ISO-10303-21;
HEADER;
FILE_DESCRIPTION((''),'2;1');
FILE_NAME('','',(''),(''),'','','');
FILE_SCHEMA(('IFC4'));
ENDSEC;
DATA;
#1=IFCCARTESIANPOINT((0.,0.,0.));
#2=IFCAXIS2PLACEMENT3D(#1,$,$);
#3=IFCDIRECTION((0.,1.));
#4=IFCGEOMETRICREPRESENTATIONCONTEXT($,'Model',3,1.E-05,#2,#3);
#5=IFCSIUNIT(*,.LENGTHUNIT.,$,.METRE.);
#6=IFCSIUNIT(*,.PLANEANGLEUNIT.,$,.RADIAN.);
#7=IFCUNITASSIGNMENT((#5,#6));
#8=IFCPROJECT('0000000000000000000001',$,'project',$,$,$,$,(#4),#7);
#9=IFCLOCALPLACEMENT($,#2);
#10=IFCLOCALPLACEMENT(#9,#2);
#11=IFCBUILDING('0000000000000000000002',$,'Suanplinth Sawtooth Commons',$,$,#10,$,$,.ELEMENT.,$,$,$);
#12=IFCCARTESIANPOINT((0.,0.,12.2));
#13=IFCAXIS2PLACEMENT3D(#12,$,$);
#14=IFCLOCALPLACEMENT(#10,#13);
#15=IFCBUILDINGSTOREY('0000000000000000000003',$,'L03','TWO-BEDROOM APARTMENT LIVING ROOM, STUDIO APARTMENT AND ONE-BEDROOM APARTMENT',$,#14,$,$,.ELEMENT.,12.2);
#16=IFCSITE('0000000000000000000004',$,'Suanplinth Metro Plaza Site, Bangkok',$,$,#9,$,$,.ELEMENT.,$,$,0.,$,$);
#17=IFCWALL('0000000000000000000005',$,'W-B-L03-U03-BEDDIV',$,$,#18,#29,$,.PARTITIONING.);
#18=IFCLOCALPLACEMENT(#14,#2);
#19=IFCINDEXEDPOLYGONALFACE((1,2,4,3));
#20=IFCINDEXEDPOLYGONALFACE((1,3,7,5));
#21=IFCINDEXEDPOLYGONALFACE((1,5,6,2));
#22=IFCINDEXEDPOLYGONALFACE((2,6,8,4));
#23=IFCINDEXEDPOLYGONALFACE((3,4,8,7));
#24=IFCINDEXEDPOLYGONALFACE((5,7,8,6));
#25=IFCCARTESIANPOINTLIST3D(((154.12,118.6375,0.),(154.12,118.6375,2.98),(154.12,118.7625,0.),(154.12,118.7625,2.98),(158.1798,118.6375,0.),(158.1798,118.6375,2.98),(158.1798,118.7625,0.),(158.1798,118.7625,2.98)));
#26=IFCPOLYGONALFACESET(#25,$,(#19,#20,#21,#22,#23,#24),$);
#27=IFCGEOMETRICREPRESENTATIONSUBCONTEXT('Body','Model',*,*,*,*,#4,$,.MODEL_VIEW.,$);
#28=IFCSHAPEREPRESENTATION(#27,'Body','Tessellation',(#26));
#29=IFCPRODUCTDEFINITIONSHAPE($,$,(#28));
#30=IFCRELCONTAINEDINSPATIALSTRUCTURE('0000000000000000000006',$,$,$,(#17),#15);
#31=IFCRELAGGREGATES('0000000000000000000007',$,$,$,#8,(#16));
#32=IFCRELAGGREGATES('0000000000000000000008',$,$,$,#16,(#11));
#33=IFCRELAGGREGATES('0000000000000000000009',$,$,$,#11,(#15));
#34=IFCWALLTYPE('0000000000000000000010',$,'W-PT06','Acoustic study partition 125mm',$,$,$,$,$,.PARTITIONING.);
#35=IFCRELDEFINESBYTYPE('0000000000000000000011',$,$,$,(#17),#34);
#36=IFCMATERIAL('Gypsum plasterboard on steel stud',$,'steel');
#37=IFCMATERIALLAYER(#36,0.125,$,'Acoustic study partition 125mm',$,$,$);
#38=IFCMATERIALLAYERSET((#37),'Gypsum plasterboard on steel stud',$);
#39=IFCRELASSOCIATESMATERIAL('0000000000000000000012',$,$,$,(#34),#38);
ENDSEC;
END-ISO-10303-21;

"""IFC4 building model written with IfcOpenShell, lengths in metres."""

from ifc_helpers import new_model, si_unit, direction, frame, frame_2d, origin, place, context, subcontext, project, spatial, rectangle, extrude, material, layer, layer_set, type_object, element, save


model = new_model("IFC4")

# Units and contexts
model_context = context("Model", 3, precision=1e-05, world=origin(), true_north=direction((0.0, 1.0)))
body_context = subcontext(model_context, "Body", "Model", "MODEL_VIEW")
ifc_project = project(units=[si_unit("LENGTHUNIT", "METRE"), si_unit("PLANEANGLEUNIT", "RADIAN")], contexts=[model_context])

# Site, building, storey
site_placement = place(None, origin())
site = spatial("IfcSite", under=ifc_project, at=site_placement, Name="Suanplinth Metro Plaza Site, Bangkok", CompositionType="ELEMENT", RefElevation=0.0)
building_placement = place(site_placement, origin())
building = spatial("IfcBuilding", under=site, at=building_placement, Name="Suanplinth Sawtooth Commons", CompositionType="ELEMENT")
storey_placement = place(building_placement, frame((0.0, 0.0, 12.2)))
storey = spatial("IfcBuildingStorey", under=building, at=storey_placement, Name="L03", Description="TWO-BEDROOM APARTMENT LIVING ROOM, STUDIO APARTMENT AND ONE-BEDROOM APARTMENT", CompositionType="ELEMENT", Elevation=12.2)

# Wall
ifc_material_1 = material(Name="Gypsum plasterboard on steel stud", Category="steel")
ifc_layer_1 = layer(ifc_material_1, 0.125, Name="Acoustic study partition 125mm")
ifc_layer_set_1 = layer_set([ifc_layer_1], Name="Gypsum plasterboard on steel stud")
wall_type_1 = type_object("IfcWallType", Name="W-PT06", Description="Acoustic study partition 125mm", PredefinedType="PARTITIONING", material=ifc_layer_set_1)
wall_1_placement = place(storey_placement, frame((154.1201, 118.7, 0.0), z_axis=(0.0, 0.0, 1.0), x_axis=(1.0, 0.0, 0.0)))
element("IfcWall", 1, at=wall_1_placement, inside=storey, type_object=wall_type_1, Name="W-B-L03-U03-BEDDIV", PredefinedType="PARTITIONING", context=body_context, shape_type="SweptSolid", body=[
    extrude(rectangle(XDim=4.0598, YDim=0.125, at=frame_2d((2.0298, 0.0))), origin(), (0.0, 0.0, 1.0), 2.98),
])

save(model, "model.ifc")
